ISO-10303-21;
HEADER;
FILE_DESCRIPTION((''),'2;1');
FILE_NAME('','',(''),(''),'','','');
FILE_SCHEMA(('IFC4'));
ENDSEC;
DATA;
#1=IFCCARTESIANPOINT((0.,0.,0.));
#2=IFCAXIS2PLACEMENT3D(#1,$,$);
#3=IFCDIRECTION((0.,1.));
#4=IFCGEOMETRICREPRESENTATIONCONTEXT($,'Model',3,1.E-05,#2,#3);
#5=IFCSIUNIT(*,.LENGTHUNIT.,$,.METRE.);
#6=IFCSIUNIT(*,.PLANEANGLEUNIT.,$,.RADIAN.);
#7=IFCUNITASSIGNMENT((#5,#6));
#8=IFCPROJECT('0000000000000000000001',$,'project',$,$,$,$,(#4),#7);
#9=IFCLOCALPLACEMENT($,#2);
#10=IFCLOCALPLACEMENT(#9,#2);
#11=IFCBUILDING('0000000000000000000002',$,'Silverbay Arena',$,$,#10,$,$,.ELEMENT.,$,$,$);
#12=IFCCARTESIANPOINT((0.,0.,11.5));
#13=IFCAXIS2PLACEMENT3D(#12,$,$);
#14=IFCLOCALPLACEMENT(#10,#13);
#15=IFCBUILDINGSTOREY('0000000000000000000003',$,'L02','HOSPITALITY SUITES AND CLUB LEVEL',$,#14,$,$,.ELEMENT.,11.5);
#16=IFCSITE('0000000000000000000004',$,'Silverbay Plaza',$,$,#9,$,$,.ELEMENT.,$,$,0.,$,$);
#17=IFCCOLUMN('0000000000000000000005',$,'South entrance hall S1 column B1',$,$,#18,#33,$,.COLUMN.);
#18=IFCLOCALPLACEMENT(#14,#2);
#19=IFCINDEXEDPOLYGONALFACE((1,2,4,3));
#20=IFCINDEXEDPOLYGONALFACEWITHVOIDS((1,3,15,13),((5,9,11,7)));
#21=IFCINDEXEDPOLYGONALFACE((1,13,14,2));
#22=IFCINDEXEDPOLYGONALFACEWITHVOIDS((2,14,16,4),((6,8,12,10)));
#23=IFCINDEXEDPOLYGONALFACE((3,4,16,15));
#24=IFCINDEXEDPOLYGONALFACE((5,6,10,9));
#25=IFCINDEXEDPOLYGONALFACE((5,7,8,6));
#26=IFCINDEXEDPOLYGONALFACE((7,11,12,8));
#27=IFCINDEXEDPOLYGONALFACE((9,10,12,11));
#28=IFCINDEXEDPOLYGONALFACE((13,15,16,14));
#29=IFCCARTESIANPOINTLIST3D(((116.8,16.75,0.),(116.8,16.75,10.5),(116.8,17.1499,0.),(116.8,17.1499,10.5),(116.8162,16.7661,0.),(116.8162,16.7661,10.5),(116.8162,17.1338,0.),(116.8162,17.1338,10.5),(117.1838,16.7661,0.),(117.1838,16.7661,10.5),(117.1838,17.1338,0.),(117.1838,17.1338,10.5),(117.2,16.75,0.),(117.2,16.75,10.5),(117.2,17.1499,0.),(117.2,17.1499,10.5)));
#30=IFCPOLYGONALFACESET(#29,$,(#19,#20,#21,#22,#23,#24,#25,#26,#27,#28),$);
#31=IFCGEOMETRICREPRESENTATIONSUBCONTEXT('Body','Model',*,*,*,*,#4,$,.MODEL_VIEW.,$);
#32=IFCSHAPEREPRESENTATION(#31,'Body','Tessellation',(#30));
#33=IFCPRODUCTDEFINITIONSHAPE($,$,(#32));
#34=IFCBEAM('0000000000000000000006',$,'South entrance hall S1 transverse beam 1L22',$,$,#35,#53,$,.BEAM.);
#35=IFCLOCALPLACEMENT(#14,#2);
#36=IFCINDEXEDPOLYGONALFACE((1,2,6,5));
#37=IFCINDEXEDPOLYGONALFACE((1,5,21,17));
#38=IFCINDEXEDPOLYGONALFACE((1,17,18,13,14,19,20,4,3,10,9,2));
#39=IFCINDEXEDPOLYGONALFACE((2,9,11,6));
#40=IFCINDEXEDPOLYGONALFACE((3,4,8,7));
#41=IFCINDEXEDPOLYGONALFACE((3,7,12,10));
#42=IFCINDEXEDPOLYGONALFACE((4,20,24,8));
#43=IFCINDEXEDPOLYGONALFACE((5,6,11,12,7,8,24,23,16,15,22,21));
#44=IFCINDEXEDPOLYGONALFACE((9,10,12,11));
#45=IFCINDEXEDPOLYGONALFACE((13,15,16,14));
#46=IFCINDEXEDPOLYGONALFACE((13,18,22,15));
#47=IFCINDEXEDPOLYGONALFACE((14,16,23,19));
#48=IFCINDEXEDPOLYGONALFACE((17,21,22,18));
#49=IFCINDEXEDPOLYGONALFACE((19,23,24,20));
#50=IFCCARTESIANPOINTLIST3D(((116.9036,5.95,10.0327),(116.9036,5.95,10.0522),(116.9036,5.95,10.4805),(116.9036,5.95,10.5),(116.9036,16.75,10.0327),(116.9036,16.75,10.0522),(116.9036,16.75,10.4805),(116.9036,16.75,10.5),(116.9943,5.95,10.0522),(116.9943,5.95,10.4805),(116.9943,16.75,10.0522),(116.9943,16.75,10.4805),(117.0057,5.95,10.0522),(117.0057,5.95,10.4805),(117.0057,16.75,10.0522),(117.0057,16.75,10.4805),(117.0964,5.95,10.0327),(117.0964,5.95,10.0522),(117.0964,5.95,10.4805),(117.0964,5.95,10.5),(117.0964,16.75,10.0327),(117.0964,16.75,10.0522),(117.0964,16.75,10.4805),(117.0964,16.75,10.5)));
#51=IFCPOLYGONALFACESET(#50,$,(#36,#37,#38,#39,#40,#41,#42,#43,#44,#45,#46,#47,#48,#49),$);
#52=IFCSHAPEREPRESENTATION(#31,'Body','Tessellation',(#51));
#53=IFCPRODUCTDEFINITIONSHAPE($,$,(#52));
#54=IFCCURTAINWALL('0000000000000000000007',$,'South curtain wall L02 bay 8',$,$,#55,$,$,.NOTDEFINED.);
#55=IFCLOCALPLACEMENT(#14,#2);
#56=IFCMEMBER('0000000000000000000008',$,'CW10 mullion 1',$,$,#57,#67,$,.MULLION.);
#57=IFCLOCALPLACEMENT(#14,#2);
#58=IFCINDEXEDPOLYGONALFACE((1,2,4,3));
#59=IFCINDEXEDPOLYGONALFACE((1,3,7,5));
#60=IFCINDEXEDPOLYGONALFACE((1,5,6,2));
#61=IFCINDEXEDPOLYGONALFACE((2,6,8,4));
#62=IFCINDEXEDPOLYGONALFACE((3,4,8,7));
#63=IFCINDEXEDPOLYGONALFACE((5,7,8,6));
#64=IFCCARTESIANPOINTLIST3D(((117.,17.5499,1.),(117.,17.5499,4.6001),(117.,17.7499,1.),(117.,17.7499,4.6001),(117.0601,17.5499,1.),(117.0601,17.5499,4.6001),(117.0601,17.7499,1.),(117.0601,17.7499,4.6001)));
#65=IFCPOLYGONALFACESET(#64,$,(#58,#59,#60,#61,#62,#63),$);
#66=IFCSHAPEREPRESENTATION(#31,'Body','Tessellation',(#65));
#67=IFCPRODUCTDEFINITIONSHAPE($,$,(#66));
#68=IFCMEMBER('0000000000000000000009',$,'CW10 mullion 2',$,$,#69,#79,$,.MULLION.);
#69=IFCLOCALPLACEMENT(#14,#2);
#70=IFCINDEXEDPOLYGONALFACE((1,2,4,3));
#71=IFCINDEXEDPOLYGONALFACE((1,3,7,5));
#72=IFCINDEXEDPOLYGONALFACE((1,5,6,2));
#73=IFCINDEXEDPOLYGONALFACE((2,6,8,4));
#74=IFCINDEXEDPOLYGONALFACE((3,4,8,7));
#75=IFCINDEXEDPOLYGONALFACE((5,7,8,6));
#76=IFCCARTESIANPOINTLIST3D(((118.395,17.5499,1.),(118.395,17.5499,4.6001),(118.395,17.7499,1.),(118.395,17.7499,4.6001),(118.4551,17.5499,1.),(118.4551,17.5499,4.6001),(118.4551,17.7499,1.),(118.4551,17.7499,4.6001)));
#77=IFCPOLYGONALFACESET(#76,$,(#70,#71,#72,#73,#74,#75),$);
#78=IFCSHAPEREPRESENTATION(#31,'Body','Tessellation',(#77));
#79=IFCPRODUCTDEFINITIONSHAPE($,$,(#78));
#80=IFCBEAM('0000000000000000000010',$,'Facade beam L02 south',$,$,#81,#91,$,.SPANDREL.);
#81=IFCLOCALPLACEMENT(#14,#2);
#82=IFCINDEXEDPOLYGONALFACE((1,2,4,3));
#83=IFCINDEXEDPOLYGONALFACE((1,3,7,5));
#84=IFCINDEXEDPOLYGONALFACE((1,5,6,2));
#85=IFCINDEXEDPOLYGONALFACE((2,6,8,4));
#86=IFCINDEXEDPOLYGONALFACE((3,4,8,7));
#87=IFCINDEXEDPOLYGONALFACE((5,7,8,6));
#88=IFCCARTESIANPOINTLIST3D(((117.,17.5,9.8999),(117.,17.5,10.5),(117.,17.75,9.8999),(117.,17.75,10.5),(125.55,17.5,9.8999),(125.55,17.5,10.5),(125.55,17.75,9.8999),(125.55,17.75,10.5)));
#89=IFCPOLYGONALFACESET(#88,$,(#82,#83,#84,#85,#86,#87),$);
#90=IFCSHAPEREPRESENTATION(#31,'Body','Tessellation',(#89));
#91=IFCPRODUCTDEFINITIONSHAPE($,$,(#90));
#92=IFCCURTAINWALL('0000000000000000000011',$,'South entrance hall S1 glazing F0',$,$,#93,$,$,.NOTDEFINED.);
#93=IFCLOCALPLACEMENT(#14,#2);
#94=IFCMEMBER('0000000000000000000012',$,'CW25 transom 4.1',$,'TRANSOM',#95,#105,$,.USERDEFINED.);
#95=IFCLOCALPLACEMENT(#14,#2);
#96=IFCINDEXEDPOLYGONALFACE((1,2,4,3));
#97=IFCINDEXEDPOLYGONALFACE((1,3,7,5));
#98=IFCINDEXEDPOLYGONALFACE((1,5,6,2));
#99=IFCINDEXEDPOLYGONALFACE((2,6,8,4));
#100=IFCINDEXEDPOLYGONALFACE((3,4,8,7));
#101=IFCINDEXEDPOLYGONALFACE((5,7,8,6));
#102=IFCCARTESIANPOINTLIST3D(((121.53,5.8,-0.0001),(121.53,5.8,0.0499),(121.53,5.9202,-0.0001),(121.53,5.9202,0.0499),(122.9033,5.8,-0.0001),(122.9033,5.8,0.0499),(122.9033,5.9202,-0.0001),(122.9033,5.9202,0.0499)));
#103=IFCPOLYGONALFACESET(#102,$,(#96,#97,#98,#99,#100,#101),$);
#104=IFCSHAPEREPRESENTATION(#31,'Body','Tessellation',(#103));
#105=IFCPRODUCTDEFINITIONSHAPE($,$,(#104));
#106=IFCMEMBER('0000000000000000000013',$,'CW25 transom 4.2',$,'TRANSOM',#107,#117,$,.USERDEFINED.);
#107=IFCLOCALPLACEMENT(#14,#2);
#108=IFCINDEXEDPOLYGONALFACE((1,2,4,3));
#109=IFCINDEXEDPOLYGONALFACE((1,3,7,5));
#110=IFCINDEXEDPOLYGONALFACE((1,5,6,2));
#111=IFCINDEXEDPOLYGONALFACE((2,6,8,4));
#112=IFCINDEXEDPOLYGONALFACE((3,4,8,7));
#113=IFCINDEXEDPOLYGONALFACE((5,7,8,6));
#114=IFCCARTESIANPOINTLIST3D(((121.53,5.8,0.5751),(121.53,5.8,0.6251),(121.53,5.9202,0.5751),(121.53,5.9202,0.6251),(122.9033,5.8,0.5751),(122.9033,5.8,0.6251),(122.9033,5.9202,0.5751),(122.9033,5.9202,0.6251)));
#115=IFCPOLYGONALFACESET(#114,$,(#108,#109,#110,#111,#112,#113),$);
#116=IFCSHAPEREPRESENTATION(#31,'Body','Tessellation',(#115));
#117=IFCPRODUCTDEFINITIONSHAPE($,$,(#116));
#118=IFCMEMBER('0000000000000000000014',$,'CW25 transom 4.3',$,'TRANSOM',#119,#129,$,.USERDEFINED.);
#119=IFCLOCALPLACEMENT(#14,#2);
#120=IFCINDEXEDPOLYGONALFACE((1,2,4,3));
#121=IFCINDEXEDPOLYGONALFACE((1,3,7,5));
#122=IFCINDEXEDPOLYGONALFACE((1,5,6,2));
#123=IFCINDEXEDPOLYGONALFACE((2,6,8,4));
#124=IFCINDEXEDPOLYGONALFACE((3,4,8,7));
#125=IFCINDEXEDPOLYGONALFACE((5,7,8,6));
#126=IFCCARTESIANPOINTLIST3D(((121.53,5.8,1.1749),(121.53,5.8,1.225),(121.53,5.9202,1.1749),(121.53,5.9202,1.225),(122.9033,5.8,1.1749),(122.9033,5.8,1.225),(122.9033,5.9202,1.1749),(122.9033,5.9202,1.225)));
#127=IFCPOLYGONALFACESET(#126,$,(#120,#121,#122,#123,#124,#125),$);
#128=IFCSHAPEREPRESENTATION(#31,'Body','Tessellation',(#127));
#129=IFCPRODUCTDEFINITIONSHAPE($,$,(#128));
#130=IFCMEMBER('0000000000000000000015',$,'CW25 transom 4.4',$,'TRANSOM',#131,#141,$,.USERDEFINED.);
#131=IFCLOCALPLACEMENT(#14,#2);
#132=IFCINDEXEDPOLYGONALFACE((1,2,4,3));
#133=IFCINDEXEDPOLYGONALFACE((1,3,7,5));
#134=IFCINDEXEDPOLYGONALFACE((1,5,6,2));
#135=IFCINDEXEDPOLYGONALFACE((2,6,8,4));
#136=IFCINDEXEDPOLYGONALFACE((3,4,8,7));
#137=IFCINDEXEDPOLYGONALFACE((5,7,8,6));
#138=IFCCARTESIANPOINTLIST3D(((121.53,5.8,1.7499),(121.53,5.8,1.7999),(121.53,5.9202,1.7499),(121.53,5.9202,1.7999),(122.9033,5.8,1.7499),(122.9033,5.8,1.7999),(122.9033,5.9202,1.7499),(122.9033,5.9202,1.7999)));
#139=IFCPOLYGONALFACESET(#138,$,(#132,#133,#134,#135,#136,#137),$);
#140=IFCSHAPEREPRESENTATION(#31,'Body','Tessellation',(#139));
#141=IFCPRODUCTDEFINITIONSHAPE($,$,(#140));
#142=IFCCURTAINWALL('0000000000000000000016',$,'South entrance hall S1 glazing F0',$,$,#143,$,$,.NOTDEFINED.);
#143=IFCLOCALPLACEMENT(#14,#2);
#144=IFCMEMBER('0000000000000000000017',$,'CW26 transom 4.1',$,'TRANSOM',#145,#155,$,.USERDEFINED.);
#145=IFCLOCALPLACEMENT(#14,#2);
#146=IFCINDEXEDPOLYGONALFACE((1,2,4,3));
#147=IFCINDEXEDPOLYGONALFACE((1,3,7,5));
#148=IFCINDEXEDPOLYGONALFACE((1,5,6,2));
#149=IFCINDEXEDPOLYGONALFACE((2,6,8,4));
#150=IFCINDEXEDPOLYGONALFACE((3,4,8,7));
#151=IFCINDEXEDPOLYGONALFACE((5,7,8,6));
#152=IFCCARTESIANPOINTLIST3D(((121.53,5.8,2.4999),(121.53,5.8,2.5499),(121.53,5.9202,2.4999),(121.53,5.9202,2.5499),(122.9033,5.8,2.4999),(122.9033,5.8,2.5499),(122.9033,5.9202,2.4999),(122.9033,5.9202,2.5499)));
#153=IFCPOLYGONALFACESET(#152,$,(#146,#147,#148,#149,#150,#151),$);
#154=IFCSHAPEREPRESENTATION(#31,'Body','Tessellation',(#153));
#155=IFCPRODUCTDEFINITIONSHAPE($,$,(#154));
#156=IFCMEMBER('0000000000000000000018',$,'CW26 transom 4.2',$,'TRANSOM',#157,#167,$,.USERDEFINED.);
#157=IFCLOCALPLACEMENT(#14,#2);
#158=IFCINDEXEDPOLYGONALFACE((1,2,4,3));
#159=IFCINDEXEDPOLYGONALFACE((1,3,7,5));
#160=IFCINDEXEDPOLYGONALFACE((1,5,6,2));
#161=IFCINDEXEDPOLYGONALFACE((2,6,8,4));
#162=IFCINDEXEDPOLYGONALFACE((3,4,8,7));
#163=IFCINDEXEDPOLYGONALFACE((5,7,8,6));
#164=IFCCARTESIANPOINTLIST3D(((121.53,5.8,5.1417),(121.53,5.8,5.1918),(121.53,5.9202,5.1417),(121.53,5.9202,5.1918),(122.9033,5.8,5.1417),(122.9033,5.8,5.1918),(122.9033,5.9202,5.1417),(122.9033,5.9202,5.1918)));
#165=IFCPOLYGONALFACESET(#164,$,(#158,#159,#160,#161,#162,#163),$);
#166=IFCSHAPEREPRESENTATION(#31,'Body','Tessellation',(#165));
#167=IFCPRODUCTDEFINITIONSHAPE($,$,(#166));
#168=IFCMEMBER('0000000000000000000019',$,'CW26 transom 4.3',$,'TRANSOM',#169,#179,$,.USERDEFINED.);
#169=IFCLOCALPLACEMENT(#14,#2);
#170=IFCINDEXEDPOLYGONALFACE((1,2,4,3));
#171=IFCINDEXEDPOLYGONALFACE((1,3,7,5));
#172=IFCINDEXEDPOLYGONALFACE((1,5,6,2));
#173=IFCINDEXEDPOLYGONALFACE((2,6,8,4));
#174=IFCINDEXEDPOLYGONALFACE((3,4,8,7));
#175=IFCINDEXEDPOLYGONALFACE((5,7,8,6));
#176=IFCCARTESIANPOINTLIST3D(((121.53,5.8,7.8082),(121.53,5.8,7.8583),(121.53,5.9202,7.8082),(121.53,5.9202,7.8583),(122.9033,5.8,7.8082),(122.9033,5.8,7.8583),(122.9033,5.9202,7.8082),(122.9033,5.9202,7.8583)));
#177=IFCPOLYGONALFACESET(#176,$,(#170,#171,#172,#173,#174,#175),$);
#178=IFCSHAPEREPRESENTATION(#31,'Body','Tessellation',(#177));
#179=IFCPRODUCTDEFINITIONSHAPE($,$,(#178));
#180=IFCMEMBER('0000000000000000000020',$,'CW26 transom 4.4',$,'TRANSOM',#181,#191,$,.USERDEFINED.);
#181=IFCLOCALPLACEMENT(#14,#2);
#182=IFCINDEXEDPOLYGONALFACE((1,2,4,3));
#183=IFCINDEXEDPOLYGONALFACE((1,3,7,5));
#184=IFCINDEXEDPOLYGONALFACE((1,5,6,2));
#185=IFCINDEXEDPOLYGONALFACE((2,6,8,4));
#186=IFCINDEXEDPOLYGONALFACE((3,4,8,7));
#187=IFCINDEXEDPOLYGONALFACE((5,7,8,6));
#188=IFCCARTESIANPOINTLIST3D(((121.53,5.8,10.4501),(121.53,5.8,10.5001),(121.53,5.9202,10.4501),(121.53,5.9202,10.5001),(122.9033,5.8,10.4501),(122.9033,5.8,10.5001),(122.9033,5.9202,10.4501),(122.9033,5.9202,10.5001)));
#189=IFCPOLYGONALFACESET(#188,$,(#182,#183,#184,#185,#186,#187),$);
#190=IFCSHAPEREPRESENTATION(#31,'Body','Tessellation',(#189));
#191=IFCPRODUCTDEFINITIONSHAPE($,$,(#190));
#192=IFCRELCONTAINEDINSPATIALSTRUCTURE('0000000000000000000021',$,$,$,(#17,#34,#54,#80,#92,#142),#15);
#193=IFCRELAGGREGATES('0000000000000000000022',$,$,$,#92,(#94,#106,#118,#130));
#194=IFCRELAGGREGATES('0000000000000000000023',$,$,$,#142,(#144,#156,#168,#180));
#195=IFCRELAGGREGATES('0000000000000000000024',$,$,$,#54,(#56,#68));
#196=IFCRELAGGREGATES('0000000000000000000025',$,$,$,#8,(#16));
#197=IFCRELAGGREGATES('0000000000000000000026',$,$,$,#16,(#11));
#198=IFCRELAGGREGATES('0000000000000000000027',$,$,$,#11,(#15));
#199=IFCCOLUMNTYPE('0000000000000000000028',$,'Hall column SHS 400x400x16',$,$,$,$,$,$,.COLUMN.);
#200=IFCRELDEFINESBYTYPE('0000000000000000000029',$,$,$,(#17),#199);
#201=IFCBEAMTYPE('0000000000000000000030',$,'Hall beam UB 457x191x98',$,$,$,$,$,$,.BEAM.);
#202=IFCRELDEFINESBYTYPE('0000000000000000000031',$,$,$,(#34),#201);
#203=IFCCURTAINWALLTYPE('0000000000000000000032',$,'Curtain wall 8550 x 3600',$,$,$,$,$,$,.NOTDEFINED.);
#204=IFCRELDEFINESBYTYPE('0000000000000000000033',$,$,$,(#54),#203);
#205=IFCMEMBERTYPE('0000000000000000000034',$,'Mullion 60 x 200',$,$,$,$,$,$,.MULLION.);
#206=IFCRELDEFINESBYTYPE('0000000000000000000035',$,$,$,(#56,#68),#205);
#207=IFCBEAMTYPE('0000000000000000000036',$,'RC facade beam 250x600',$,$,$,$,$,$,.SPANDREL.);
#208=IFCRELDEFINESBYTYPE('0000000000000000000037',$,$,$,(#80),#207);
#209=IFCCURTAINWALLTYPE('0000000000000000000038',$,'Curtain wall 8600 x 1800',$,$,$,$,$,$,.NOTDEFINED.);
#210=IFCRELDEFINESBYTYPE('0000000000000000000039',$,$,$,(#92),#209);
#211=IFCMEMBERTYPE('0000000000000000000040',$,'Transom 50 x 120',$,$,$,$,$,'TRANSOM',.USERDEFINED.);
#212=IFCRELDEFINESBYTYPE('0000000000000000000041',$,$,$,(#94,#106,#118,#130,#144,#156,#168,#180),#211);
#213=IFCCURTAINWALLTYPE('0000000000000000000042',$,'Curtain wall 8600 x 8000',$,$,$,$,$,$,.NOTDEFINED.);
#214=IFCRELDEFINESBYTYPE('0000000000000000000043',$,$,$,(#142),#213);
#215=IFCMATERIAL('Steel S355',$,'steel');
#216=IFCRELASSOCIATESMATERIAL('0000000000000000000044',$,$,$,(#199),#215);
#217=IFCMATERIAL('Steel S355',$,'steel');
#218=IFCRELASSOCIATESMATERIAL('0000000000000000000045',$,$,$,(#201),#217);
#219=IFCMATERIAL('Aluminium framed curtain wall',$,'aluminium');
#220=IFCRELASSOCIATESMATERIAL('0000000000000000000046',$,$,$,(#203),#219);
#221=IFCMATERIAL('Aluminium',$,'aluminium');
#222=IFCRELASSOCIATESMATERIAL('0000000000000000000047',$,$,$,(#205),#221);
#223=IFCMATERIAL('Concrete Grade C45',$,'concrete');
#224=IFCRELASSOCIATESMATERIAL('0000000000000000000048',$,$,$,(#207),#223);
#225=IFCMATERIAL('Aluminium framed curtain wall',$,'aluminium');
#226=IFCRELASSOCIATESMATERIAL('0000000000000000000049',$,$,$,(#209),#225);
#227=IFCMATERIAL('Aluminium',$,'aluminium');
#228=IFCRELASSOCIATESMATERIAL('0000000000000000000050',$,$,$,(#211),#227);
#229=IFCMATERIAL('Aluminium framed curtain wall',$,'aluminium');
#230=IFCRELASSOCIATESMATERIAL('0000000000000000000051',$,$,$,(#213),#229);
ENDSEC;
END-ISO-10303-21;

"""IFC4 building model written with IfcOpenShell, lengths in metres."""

from ifc_helpers import new_model, si_unit, direction, frame, origin, origin_2d, place, context, subcontext, project, spatial, rectangle, hollow_rectangle, i_section, extrude, material, material_profile, profile_set, type_object, element, aggregate, save


model = new_model("IFC4")

# Units and contexts
model_context = context("Model", 3, precision=1e-05, world=origin(), true_north=direction((0.0, 1.0)))
body_context = subcontext(model_context, "Body", "Model", "MODEL_VIEW")
ifc_project = project(units=[si_unit("LENGTHUNIT", "METRE"), si_unit("PLANEANGLEUNIT", "RADIAN")], contexts=[model_context])

# Site, building, storey
site_placement = place(None, origin())
site = spatial("IfcSite", under=ifc_project, at=site_placement, Name="Silverbay Plaza", CompositionType="ELEMENT", RefElevation=0.0)
building_placement = place(site_placement, origin())
building = spatial("IfcBuilding", under=site, at=building_placement, Name="Silverbay Arena", CompositionType="ELEMENT")
storey_placement = place(building_placement, frame((0.0, 0.0, 11.5)))
storey = spatial("IfcBuildingStorey", under=building, at=storey_placement, Name="L02", Description="HOSPITALITY SUITES AND CLUB LEVEL", CompositionType="ELEMENT", Elevation=11.5)

# Column
ifc_material_1 = material(Name="Steel S355", Category="steel")
ifc_material_profile_1 = material_profile(ifc_material_1, hollow_rectangle(XDim=0.3999, YDim=0.3999, WallThickness=0.0161, at=origin_2d()), Name="SHS 400x400x16")
ifc_profile_set_1 = profile_set([ifc_material_profile_1], Name="Steel S355")
column_type = type_object("IfcColumnType", Name="Hall column SHS 400x400x16", PredefinedType="COLUMN", material=ifc_profile_set_1)
column_placement = place(storey_placement, frame((117.0, 16.95, 0.0), z_axis=(0.0, 0.0, 1.0), x_axis=(1.0, 0.0, 0.0)))
element("IfcColumn", 1, at=column_placement, inside=storey, type_object=column_type, Name="South entrance hall S1 column B1", PredefinedType="COLUMN", context=body_context, shape_type="SweptSolid", body=[
    extrude(hollow_rectangle(XDim=0.3999, YDim=0.3999, WallThickness=0.0161, at=origin_2d()), origin(), (0.0, 0.0, 1.0), 10.5),
])

# Beam
ifc_material_2 = material(Name="Steel S355", Category="steel")
ifc_material_profile_2 = material_profile(ifc_material_2, i_section(OverallWidth=0.1929, OverallDepth=0.4673, WebThickness=0.0115, FlangeThickness=0.0195, at=origin_2d()), Name="UB 457x191x98")
ifc_profile_set_2 = profile_set([ifc_material_profile_2], Name="Steel S355")
beam_type_1 = type_object("IfcBeamType", Name="Hall beam UB 457x191x98", PredefinedType="BEAM", material=ifc_profile_set_2)
beam_1_placement = place(storey_placement, frame((117.0, 16.75, 10.2664), z_axis=(0.0, -1.0, 0.0), x_axis=(1.0, 0.0, 0.0)))
element("IfcBeam", 2, at=beam_1_placement, inside=storey, type_object=beam_type_1, Name="South entrance hall S1 transverse beam 1L22", PredefinedType="BEAM", context=body_context, shape_type="SweptSolid", body=[
    extrude(i_section(OverallWidth=0.1929, OverallDepth=0.4673, WebThickness=0.0115, FlangeThickness=0.0195, at=origin_2d()), origin(), (0.0, 0.0, 1.0), 10.8),
])

# Curtain wall, members
ifc_material_3 = material(Name="Aluminium framed curtain wall", Category="aluminium")
curtain_wall_type_1 = type_object("IfcCurtainWallType", Name="Curtain wall 8550 x 3600", PredefinedType="NOTDEFINED", material=ifc_material_3)
curtain_wall_1_placement = place(storey_placement, origin())
curtain_wall_1 = element("IfcCurtainWall", 3, at=curtain_wall_1_placement, inside=storey, type_object=curtain_wall_type_1, Name="South curtain wall L02 bay 8", PredefinedType="NOTDEFINED")
ifc_material_4 = material(Name="Aluminium", Category="aluminium")
ifc_material_profile_3 = material_profile(ifc_material_4, rectangle(XDim=0.2, YDim=0.0601, at=origin_2d()), Name="Mullion 60 x 200")
ifc_profile_set_3 = profile_set([ifc_material_profile_3], Name="Aluminium")
member_type_1 = type_object("IfcMemberType", Name="Mullion 60 x 200", PredefinedType="MULLION", material=ifc_profile_set_3)
member_1_placement = place(storey_placement, frame((117.03, 17.6499, 1.0), z_axis=(0.0, 0.0, 1.0), x_axis=(0.0, 1.0, 0.0)))
member_1 = element("IfcMember", 4, at=member_1_placement, type_object=member_type_1, Name="CW10 mullion 1", PredefinedType="MULLION", context=body_context, shape_type="SweptSolid", body=[
    extrude(rectangle(XDim=0.2, YDim=0.0601, at=origin_2d()), origin(), (0.0, 0.0, 1.0), 3.6001),
])
member_2_placement = place(storey_placement, frame((118.425, 17.6499, 1.0), z_axis=(0.0, 0.0, 1.0), x_axis=(0.0, 1.0, 0.0)))
member_2 = element("IfcMember", 5, at=member_2_placement, type_object=member_type_1, Name="CW10 mullion 2", PredefinedType="MULLION", context=body_context, shape_type="SweptSolid", body=[
    extrude(rectangle(XDim=0.2, YDim=0.0601, at=origin_2d()), origin(), (0.0, 0.0, 1.0), 3.6001),
])

# Beam
ifc_material_5 = material(Name="Concrete Grade C45", Category="concrete")
ifc_material_profile_4 = material_profile(ifc_material_5, rectangle(XDim=0.25, YDim=0.6001, at=origin_2d()), Name="RC 250x600")
ifc_profile_set_4 = profile_set([ifc_material_profile_4], Name="Concrete Grade C45")
beam_type_2 = type_object("IfcBeamType", Name="RC facade beam 250x600", PredefinedType="SPANDREL", material=ifc_profile_set_4)
beam_2_placement = place(storey_placement, frame((117.0, 17.625, 10.2), z_axis=(1.0, 0.0, 0.0), x_axis=(0.0, 1.0, 0.0)))
element("IfcBeam", 6, at=beam_2_placement, inside=storey, type_object=beam_type_2, Name="Facade beam L02 south", PredefinedType="SPANDREL", context=body_context, shape_type="SweptSolid", body=[
    extrude(rectangle(XDim=0.25, YDim=0.6001, at=origin_2d()), origin(), (0.0, 0.0, 1.0), 8.55),
])

# Curtain walls, members
ifc_material_6 = material(Name="Aluminium framed curtain wall", Category="aluminium")
curtain_wall_type_2 = type_object("IfcCurtainWallType", Name="Curtain wall 8600 x 1800", PredefinedType="NOTDEFINED", material=ifc_material_6)
curtain_wall_2_placement = place(storey_placement, origin())
curtain_wall_2 = element("IfcCurtainWall", 7, at=curtain_wall_2_placement, inside=storey, type_object=curtain_wall_type_2, Name="South entrance hall S1 glazing F0", PredefinedType="NOTDEFINED")
ifc_material_7 = material(Name="Aluminium", Category="aluminium")
ifc_material_profile_5 = material_profile(ifc_material_7, rectangle(XDim=0.1201, YDim=0.05, at=origin_2d()), Name="Transom 50 x 120")
ifc_profile_set_5 = profile_set([ifc_material_profile_5], Name="Aluminium")
member_type_2 = type_object("IfcMemberType", Name="Transom 50 x 120", ElementType="TRANSOM", PredefinedType="USERDEFINED", material=ifc_profile_set_5)
member_3_placement = place(storey_placement, frame((121.53, 5.8601, 0.0249), z_axis=(1.0, 0.0, 0.0), x_axis=(0.0, 1.0, 0.0)))
member_3 = element("IfcMember", 8, at=member_3_placement, type_object=member_type_2, Name="CW25 transom 4.1", ObjectType="TRANSOM", PredefinedType="USERDEFINED", context=body_context, shape_type="SweptSolid", body=[
    extrude(rectangle(XDim=0.1201, YDim=0.05, at=origin_2d()), origin(), (0.0, 0.0, 1.0), 1.3733),
])
member_4_placement = place(storey_placement, frame((121.53, 5.8601, 0.6001), z_axis=(1.0, 0.0, 0.0), x_axis=(0.0, 1.0, 0.0)))
member_4 = element("IfcMember", 9, at=member_4_placement, type_object=member_type_2, Name="CW25 transom 4.2", ObjectType="TRANSOM", PredefinedType="USERDEFINED", context=body_context, shape_type="SweptSolid", body=[
    extrude(rectangle(XDim=0.1201, YDim=0.05, at=origin_2d()), origin(), (0.0, 0.0, 1.0), 1.3733),
])
member_5_placement = place(storey_placement, frame((121.53, 5.8601, 1.2), z_axis=(1.0, 0.0, 0.0), x_axis=(0.0, 1.0, 0.0)))
member_5 = element("IfcMember", 10, at=member_5_placement, type_object=member_type_2, Name="CW25 transom 4.3", ObjectType="TRANSOM", PredefinedType="USERDEFINED", context=body_context, shape_type="SweptSolid", body=[
    extrude(rectangle(XDim=0.1201, YDim=0.05, at=origin_2d()), origin(), (0.0, 0.0, 1.0), 1.3733),
])
member_6_placement = place(storey_placement, frame((121.53, 5.8601, 1.7749), z_axis=(1.0, 0.0, 0.0), x_axis=(0.0, 1.0, 0.0)))
member_6 = element("IfcMember", 11, at=member_6_placement, type_object=member_type_2, Name="CW25 transom 4.4", ObjectType="TRANSOM", PredefinedType="USERDEFINED", context=body_context, shape_type="SweptSolid", body=[
    extrude(rectangle(XDim=0.1201, YDim=0.05, at=origin_2d()), origin(), (0.0, 0.0, 1.0), 1.3733),
])
ifc_material_8 = material(Name="Aluminium framed curtain wall", Category="aluminium")
curtain_wall_type_3 = type_object("IfcCurtainWallType", Name="Curtain wall 8600 x 8000", PredefinedType="NOTDEFINED", material=ifc_material_8)
curtain_wall_3_placement = place(storey_placement, origin())
curtain_wall_3 = element("IfcCurtainWall", 12, at=curtain_wall_3_placement, inside=storey, type_object=curtain_wall_type_3, Name="South entrance hall S1 glazing F0", PredefinedType="NOTDEFINED")
member_7_placement = place(storey_placement, frame((121.53, 5.8601, 2.5249), z_axis=(1.0, 0.0, 0.0), x_axis=(0.0, 1.0, 0.0)))
member_7 = element("IfcMember", 13, at=member_7_placement, type_object=member_type_2, Name="CW26 transom 4.1", ObjectType="TRANSOM", PredefinedType="USERDEFINED", context=body_context, shape_type="SweptSolid", body=[
    extrude(rectangle(XDim=0.1201, YDim=0.05, at=origin_2d()), origin(), (0.0, 0.0, 1.0), 1.3733),
])
member_8_placement = place(storey_placement, frame((121.53, 5.8601, 5.1667), z_axis=(1.0, 0.0, 0.0), x_axis=(0.0, 1.0, 0.0)))
member_8 = element("IfcMember", 14, at=member_8_placement, type_object=member_type_2, Name="CW26 transom 4.2", ObjectType="TRANSOM", PredefinedType="USERDEFINED", context=body_context, shape_type="SweptSolid", body=[
    extrude(rectangle(XDim=0.1201, YDim=0.05, at=origin_2d()), origin(), (0.0, 0.0, 1.0), 1.3733),
])
member_9_placement = place(storey_placement, frame((121.53, 5.8601, 7.8333), z_axis=(1.0, 0.0, 0.0), x_axis=(0.0, 1.0, 0.0)))
member_9 = element("IfcMember", 15, at=member_9_placement, type_object=member_type_2, Name="CW26 transom 4.3", ObjectType="TRANSOM", PredefinedType="USERDEFINED", context=body_context, shape_type="SweptSolid", body=[
    extrude(rectangle(XDim=0.1201, YDim=0.05, at=origin_2d()), origin(), (0.0, 0.0, 1.0), 1.3733),
])
member_10_placement = place(storey_placement, frame((121.53, 5.8601, 10.4751), z_axis=(1.0, 0.0, 0.0), x_axis=(0.0, 1.0, 0.0)))
member_10 = element("IfcMember", 16, at=member_10_placement, type_object=member_type_2, Name="CW26 transom 4.4", ObjectType="TRANSOM", PredefinedType="USERDEFINED", context=body_context, shape_type="SweptSolid", body=[
    extrude(rectangle(XDim=0.1201, YDim=0.05, at=origin_2d()), origin(), (0.0, 0.0, 1.0), 1.3733),
])

aggregate(curtain_wall_2, [member_3, member_4, member_5, member_6])
aggregate(curtain_wall_3, [member_7, member_8, member_9, member_10])
aggregate(curtain_wall_1, [member_1, member_2])

save(model, "model.ifc")
